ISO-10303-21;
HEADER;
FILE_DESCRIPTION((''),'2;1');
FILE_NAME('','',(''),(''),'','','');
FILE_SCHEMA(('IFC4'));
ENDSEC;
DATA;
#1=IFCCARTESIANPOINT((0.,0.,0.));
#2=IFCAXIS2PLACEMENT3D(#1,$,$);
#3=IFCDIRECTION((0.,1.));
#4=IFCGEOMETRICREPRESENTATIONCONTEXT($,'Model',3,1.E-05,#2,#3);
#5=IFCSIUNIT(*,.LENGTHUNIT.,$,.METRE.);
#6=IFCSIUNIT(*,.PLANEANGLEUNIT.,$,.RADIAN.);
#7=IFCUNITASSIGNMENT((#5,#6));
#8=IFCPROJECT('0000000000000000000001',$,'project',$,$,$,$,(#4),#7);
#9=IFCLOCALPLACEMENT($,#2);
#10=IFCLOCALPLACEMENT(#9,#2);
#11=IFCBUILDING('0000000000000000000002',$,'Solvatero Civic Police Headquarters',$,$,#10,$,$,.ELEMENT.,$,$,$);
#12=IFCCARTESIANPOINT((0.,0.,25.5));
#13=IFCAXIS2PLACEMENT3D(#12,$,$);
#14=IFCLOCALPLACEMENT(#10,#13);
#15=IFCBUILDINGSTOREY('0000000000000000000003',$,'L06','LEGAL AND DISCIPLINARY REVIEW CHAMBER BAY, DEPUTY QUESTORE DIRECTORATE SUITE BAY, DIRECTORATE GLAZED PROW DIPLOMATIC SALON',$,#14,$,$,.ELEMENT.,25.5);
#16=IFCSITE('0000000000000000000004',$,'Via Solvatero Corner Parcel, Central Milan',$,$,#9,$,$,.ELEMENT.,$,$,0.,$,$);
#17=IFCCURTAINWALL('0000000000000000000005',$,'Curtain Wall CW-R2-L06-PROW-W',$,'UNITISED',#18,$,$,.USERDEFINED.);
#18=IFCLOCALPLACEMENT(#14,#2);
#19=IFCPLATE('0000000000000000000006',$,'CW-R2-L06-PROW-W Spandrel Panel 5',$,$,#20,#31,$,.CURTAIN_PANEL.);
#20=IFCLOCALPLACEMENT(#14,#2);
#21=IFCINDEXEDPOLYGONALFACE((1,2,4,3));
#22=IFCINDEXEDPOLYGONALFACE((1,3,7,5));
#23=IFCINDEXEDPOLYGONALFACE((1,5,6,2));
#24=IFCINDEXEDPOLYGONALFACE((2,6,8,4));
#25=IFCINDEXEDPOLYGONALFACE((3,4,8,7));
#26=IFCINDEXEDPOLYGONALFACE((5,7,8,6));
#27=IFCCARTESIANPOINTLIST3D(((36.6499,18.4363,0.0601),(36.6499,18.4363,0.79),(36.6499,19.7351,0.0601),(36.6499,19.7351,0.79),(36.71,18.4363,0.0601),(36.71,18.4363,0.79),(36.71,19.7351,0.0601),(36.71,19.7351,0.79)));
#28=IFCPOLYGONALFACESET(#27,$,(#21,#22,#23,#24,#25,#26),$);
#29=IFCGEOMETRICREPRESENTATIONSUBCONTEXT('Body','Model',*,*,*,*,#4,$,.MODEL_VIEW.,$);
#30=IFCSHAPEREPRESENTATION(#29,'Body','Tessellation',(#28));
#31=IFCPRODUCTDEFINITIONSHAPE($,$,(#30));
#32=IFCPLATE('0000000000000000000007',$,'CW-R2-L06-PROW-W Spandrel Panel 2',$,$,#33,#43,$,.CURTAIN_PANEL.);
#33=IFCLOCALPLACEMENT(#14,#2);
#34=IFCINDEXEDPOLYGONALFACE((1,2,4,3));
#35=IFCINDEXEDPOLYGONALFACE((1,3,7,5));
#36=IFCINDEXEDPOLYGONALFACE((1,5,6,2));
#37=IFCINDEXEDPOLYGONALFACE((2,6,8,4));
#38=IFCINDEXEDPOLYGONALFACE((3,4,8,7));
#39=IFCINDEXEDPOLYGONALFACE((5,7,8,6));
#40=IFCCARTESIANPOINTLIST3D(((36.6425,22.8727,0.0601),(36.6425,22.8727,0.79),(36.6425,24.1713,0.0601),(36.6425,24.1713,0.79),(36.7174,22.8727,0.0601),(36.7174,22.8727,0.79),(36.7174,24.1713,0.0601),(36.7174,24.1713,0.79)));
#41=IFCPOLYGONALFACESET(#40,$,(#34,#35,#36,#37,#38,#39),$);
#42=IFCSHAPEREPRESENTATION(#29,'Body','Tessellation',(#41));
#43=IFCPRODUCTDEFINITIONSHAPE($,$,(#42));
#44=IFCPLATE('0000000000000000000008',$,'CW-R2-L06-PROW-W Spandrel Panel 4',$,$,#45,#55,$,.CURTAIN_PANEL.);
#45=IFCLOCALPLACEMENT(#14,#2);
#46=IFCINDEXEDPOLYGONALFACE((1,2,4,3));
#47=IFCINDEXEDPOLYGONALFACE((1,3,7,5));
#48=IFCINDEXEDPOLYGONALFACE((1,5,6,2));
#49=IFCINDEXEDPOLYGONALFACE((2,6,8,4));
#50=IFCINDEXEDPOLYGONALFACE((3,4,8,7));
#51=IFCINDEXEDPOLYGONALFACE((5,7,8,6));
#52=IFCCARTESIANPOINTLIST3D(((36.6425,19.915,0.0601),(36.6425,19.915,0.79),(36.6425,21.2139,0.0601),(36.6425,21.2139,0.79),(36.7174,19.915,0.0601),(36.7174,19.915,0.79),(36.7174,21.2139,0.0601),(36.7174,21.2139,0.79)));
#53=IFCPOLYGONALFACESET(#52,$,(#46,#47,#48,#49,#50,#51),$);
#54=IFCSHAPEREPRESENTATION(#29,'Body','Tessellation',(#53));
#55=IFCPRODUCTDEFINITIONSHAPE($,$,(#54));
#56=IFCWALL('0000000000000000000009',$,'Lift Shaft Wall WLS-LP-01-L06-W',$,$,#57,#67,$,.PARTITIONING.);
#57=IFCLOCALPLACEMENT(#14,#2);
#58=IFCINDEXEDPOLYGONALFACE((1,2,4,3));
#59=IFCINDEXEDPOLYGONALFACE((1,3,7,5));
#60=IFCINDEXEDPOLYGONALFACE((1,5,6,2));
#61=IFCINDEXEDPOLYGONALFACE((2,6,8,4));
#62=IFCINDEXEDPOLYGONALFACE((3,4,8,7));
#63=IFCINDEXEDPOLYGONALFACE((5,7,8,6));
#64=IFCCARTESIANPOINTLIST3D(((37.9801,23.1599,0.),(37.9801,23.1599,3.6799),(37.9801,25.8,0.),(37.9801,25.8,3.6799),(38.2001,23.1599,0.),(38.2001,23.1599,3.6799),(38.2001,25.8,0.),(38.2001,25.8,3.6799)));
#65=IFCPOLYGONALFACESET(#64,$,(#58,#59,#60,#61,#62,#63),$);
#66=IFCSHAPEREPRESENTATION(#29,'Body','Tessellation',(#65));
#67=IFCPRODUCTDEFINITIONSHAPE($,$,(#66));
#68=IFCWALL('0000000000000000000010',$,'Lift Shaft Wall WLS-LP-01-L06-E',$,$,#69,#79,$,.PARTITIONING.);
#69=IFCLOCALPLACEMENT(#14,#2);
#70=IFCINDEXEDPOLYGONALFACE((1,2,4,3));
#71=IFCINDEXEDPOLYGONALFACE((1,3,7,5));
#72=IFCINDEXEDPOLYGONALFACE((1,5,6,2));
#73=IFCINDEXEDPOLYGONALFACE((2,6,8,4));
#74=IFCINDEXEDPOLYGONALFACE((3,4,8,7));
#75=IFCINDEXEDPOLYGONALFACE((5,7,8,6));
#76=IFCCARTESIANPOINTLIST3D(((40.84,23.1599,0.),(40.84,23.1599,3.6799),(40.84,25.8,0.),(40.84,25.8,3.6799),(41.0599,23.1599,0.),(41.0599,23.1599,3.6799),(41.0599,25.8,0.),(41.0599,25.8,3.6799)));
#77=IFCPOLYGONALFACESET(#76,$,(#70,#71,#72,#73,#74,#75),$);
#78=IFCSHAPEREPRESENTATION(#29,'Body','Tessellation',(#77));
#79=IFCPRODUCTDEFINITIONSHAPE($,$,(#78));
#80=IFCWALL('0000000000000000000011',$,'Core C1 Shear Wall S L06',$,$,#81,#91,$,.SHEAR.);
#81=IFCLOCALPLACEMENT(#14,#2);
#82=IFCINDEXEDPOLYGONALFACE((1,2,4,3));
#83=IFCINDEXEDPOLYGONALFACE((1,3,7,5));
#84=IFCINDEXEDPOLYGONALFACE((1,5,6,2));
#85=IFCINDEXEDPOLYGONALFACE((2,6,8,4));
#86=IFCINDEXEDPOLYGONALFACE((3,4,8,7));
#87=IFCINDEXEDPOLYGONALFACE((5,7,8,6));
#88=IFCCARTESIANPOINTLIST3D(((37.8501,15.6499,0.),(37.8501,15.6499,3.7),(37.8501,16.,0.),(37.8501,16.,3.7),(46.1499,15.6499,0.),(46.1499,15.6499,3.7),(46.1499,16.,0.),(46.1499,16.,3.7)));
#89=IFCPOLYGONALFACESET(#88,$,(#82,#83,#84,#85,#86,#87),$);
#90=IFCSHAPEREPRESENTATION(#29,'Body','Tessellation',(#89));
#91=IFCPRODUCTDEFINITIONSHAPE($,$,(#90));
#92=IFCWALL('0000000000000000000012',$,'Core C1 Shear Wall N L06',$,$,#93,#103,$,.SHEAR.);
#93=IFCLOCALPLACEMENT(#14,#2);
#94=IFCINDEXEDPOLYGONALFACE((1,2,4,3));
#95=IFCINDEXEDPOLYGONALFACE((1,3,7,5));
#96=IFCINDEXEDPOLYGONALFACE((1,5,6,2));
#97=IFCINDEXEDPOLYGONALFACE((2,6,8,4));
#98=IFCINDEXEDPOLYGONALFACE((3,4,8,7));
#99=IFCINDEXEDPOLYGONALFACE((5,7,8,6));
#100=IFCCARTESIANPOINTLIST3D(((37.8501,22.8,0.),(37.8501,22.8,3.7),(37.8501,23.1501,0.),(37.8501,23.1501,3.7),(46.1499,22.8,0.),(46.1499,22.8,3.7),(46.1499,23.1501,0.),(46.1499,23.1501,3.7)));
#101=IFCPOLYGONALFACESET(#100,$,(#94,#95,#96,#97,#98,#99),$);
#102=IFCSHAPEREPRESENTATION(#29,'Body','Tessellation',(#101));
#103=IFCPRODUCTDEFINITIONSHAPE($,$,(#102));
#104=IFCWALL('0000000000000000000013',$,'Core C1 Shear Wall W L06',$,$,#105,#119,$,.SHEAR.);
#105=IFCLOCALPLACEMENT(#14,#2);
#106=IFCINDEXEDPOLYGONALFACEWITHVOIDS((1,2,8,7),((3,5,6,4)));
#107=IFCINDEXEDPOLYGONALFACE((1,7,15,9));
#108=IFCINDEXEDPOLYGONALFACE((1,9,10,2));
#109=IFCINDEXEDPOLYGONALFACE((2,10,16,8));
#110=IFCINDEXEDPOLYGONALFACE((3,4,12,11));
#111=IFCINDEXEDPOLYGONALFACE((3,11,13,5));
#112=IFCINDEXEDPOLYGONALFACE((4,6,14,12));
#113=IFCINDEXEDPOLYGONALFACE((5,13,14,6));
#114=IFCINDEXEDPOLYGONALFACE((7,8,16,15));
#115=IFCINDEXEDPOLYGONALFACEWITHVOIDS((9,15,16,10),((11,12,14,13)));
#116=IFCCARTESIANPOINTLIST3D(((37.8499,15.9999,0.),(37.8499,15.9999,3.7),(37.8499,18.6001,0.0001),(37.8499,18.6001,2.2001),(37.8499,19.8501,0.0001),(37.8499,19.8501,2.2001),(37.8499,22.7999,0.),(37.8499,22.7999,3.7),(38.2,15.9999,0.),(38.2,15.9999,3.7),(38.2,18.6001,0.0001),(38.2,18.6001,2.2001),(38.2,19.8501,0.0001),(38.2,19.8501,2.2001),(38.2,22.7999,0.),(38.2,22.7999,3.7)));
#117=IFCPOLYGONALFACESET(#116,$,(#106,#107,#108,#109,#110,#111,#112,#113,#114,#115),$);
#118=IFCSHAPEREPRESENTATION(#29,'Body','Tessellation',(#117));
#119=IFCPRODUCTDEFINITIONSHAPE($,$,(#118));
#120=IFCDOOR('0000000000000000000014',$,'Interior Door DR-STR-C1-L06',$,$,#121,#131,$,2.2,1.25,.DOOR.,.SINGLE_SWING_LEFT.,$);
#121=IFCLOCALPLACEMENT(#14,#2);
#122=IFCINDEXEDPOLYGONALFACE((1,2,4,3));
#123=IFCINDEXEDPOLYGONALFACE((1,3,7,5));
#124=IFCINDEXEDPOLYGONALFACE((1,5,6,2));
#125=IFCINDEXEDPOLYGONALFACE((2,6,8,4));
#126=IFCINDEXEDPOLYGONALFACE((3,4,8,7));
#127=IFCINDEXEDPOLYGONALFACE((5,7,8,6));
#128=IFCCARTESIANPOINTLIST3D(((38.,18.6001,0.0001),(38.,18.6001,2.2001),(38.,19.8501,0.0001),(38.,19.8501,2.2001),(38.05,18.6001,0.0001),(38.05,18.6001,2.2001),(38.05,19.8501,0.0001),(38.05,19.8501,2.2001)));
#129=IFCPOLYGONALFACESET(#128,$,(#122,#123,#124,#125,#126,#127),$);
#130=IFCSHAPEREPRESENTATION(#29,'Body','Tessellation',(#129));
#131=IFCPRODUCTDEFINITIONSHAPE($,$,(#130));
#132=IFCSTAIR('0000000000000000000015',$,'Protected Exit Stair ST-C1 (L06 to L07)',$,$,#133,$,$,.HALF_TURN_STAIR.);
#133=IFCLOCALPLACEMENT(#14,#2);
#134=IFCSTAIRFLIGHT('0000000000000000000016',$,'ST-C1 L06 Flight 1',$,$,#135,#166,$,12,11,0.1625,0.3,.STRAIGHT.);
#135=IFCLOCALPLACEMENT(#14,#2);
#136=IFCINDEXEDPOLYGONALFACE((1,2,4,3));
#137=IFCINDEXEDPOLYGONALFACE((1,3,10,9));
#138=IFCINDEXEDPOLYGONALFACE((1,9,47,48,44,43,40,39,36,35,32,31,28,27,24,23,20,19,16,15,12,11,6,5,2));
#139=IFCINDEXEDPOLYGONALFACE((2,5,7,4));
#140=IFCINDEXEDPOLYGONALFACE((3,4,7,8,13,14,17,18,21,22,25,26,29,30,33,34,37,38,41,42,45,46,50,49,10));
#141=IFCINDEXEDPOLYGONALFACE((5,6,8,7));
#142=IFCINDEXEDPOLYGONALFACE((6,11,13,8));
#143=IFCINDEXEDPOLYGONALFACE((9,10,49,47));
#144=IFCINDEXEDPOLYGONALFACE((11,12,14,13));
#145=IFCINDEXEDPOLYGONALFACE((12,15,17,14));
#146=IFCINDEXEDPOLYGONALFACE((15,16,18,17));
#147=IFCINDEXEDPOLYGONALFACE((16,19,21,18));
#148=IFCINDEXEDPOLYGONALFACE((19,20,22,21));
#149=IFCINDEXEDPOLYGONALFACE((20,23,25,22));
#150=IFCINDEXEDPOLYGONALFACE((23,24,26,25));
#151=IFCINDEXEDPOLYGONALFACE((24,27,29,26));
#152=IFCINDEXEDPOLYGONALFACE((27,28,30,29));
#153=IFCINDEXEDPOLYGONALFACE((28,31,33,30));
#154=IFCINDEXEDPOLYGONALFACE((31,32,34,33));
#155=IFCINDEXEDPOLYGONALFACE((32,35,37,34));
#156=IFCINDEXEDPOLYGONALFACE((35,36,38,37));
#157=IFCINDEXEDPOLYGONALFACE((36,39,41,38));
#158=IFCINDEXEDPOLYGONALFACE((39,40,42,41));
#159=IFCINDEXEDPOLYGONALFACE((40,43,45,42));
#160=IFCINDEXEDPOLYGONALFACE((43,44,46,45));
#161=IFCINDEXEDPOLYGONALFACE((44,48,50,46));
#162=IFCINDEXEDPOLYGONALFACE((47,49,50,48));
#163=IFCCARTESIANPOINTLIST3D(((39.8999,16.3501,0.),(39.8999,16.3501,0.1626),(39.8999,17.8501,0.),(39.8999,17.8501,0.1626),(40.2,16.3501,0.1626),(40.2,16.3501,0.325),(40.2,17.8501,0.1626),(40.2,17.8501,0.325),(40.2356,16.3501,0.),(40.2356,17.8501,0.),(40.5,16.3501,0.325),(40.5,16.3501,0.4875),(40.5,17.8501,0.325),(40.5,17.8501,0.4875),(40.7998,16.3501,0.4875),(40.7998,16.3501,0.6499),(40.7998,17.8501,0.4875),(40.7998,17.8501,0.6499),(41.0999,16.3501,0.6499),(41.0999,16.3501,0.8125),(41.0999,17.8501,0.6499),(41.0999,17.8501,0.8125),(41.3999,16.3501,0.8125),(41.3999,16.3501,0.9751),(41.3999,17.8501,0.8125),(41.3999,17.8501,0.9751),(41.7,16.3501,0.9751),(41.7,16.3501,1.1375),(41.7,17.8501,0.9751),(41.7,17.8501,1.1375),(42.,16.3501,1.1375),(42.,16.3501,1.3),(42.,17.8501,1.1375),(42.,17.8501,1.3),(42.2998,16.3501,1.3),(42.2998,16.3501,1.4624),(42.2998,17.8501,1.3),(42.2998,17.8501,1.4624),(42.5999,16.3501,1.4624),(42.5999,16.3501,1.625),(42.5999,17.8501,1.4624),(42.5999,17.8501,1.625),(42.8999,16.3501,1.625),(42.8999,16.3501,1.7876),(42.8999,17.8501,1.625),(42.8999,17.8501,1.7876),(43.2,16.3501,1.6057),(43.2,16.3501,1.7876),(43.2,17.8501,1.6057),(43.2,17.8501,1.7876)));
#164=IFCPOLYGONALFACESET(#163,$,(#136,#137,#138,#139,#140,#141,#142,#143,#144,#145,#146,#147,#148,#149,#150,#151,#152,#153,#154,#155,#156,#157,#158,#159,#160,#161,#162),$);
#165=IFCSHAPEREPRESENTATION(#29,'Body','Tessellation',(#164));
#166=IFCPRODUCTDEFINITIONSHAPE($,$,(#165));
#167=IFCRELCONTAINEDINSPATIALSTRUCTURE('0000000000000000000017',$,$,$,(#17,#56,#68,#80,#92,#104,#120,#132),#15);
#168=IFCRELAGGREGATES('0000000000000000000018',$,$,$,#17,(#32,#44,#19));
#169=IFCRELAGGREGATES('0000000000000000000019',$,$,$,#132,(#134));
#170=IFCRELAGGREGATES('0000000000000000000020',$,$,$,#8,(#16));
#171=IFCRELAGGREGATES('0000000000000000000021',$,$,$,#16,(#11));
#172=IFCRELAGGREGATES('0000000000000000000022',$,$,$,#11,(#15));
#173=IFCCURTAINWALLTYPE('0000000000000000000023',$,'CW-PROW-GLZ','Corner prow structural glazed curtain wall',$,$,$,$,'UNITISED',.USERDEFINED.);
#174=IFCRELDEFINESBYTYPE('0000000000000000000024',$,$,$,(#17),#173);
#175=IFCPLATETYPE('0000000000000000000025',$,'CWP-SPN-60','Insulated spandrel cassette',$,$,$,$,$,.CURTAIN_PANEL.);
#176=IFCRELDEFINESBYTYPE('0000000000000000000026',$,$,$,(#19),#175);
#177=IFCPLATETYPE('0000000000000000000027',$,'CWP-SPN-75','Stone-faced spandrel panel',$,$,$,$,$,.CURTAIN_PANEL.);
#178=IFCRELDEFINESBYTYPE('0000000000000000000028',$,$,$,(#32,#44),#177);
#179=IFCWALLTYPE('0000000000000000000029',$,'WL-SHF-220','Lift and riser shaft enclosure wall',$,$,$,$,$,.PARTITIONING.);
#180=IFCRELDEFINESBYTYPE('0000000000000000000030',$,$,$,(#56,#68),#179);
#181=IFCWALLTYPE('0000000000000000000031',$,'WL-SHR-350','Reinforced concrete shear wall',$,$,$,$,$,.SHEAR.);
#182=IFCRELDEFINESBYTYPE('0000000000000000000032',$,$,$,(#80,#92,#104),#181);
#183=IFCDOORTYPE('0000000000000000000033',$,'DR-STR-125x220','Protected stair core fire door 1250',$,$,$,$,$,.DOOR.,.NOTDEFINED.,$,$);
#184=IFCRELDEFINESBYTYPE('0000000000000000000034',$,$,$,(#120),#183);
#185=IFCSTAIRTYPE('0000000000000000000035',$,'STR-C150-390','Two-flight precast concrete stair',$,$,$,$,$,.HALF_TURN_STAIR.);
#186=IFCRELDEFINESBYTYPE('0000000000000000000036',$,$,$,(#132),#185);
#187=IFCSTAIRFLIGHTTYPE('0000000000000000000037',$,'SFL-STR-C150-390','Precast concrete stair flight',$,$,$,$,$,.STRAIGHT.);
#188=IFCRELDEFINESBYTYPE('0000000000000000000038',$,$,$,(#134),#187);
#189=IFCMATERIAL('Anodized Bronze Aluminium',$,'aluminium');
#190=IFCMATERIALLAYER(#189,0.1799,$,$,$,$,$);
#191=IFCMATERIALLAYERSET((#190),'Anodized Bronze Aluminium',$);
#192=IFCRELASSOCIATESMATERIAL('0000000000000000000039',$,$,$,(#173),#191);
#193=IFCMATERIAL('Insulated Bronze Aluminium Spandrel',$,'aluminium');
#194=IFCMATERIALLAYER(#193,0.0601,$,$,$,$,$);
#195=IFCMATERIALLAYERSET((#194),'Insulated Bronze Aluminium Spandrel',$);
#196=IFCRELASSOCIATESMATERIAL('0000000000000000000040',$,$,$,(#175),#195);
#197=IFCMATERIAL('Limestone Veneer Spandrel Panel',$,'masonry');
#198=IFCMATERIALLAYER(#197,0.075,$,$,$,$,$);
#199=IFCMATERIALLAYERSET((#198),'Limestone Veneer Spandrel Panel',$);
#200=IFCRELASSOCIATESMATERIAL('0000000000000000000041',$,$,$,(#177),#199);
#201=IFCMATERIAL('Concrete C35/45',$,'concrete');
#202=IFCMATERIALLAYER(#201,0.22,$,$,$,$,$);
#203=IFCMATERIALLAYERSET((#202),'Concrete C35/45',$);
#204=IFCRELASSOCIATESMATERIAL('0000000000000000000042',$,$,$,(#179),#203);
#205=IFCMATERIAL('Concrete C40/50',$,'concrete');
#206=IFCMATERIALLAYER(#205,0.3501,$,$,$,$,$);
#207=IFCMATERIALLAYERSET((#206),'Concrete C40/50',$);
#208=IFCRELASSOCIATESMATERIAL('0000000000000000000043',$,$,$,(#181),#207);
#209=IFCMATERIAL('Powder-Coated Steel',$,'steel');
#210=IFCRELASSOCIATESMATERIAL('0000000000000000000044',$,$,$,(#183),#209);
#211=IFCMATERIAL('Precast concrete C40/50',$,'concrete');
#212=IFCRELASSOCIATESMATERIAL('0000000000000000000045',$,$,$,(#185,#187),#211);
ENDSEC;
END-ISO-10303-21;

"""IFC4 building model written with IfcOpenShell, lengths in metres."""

from ifc_helpers import new_model, si_unit, direction, frame, frame_2d, origin, origin_2d, place, context, subcontext, project, spatial, polyline, rectangle, outline, extrude, material, layer, layer_set, type_object, element, fill, aggregate, save


model = new_model("IFC4")

# Units and contexts
model_context = context("Model", 3, precision=1e-05, world=origin(), true_north=direction((0.0, 1.0)))
body_context = subcontext(model_context, "Body", "Model", "MODEL_VIEW")
ifc_project = project(units=[si_unit("LENGTHUNIT", "METRE"), si_unit("PLANEANGLEUNIT", "RADIAN")], contexts=[model_context])

# Site, building, storey
site_placement = place(None, origin())
site = spatial("IfcSite", under=ifc_project, at=site_placement, Name="Via Solvatero Corner Parcel, Central Milan", CompositionType="ELEMENT", RefElevation=0.0)
building_placement = place(site_placement, origin())
building = spatial("IfcBuilding", under=site, at=building_placement, Name="Solvatero Civic Police Headquarters", CompositionType="ELEMENT")
storey_placement = place(building_placement, frame((0.0, 0.0, 25.5)))
storey = spatial("IfcBuildingStorey", under=building, at=storey_placement, Name="L06", Description="LEGAL AND DISCIPLINARY REVIEW CHAMBER BAY, DEPUTY QUESTORE DIRECTORATE SUITE BAY, DIRECTORATE GLAZED PROW DIPLOMATIC SALON", CompositionType="ELEMENT", Elevation=25.5)

# Curtain wall, plates
ifc_material_1 = material(Name="Anodized Bronze Aluminium", Category="aluminium")
ifc_layer_1 = layer(ifc_material_1, 0.1799)
ifc_layer_set_1 = layer_set([ifc_layer_1], Name="Anodized Bronze Aluminium")
curtain_wall_type = type_object("IfcCurtainWallType", Name="CW-PROW-GLZ", Description="Corner prow structural glazed curtain wall", ElementType="UNITISED", PredefinedType="USERDEFINED", material=ifc_layer_set_1)
curtain_wall_placement = place(storey_placement, origin())
curtain_wall = element("IfcCurtainWall", 1, at=curtain_wall_placement, inside=storey, type_object=curtain_wall_type, Name="Curtain Wall CW-R2-L06-PROW-W", ObjectType="UNITISED", PredefinedType="USERDEFINED")
ifc_material_2 = material(Name="Insulated Bronze Aluminium Spandrel", Category="aluminium")
ifc_layer_2 = layer(ifc_material_2, 0.0601)
ifc_layer_set_2 = layer_set([ifc_layer_2], Name="Insulated Bronze Aluminium Spandrel")
plate_type_1 = type_object("IfcPlateType", Name="CWP-SPN-60", Description="Insulated spandrel cassette", PredefinedType="CURTAIN_PANEL", material=ifc_layer_set_2)
plate_1_placement = place(storey_placement, frame((36.6799, 19.0857, 0.0601), z_axis=(0.0, 0.0, 1.0), x_axis=(0.0, -1.0, 0.0)))
plate_1 = element("IfcPlate", 2, at=plate_1_placement, type_object=plate_type_1, Name="CW-R2-L06-PROW-W Spandrel Panel 5", PredefinedType="CURTAIN_PANEL", context=body_context, shape_type="SweptSolid", body=[
    extrude(rectangle(XDim=1.2988, YDim=0.0601, at=origin_2d()), origin(), (0.0, 0.0, 1.0), 0.73),
])
ifc_material_3 = material(Name="Limestone Veneer Spandrel Panel", Category="masonry")
ifc_layer_3 = layer(ifc_material_3, 0.075)
ifc_layer_set_3 = layer_set([ifc_layer_3], Name="Limestone Veneer Spandrel Panel")
plate_type_2 = type_object("IfcPlateType", Name="CWP-SPN-75", Description="Stone-faced spandrel panel", PredefinedType="CURTAIN_PANEL", material=ifc_layer_set_3)
plate_2_placement = place(storey_placement, frame((36.6799, 23.522, 0.0601), z_axis=(0.0, 0.0, 1.0), x_axis=(0.0, -1.0, 0.0)))
plate_2 = element("IfcPlate", 3, at=plate_2_placement, type_object=plate_type_2, Name="CW-R2-L06-PROW-W Spandrel Panel 2", PredefinedType="CURTAIN_PANEL", context=body_context, shape_type="SweptSolid", body=[
    extrude(rectangle(XDim=1.2986, YDim=0.075, at=origin_2d()), origin(), (0.0, 0.0, 1.0), 0.73),
])
plate_3_placement = place(storey_placement, frame((36.6799, 20.5645, 0.0601), z_axis=(0.0, 0.0, 1.0), x_axis=(0.0, -1.0, 0.0)))
plate_3 = element("IfcPlate", 4, at=plate_3_placement, type_object=plate_type_2, Name="CW-R2-L06-PROW-W Spandrel Panel 4", PredefinedType="CURTAIN_PANEL", context=body_context, shape_type="SweptSolid", body=[
    extrude(rectangle(XDim=1.2988, YDim=0.075, at=origin_2d()), origin(), (0.0, 0.0, 1.0), 0.73),
])
aggregate(curtain_wall, [plate_2, plate_3, plate_1])

# Walls
ifc_material_4 = material(Name="Concrete C35/45", Category="concrete")
ifc_layer_4 = layer(ifc_material_4, 0.22)
ifc_layer_set_4 = layer_set([ifc_layer_4], Name="Concrete C35/45")
wall_type_1 = type_object("IfcWallType", Name="WL-SHF-220", Description="Lift and riser shaft enclosure wall", PredefinedType="PARTITIONING", material=ifc_layer_set_4)
for number, where, z_axis, x_axis, name in (
    (5, (38.0901, 23.1599, 0.0), (0.0, 0.0, 1.0), (0.0, 1.0, 0.0), "Lift Shaft Wall WLS-LP-01-L06-W"),
    (6, (40.95, 23.1599, 0.0), (0.0, 0.0, 1.0), (0.0, 1.0, 0.0), "Lift Shaft Wall WLS-LP-01-L06-E"),
):
    element("IfcWall", number, at=place(storey_placement, frame(where, z_axis=z_axis, x_axis=x_axis)), inside=storey, type_object=wall_type_1, Name=name, PredefinedType="PARTITIONING", context=body_context, shape_type="SweptSolid", body=[
        extrude(rectangle(XDim=2.6401, YDim=0.22, at=frame_2d((1.3201, 0.0))), origin(), (0.0, 0.0, 1.0), 3.6799),
    ])
ifc_material_5 = material(Name="Concrete C40/50", Category="concrete")
ifc_layer_5 = layer(ifc_material_5, 0.3501)
ifc_layer_set_5 = layer_set([ifc_layer_5], Name="Concrete C40/50")
wall_type_2 = type_object("IfcWallType", Name="WL-SHR-350", Description="Reinforced concrete shear wall", PredefinedType="SHEAR", material=ifc_layer_set_5)
for number, where, z_axis, x_axis, name in (
    (7, (37.8501, 15.825, 0.0), (0.0, 0.0, 1.0), (1.0, 0.0, 0.0), "Core C1 Shear Wall S L06"),
    (8, (37.8501, 22.9751, 0.0), (0.0, 0.0, 1.0), (1.0, 0.0, 0.0), "Core C1 Shear Wall N L06"),
):
    element("IfcWall", number, at=place(storey_placement, frame(where, z_axis=z_axis, x_axis=x_axis)), inside=storey, type_object=wall_type_2, Name=name, PredefinedType="SHEAR", context=body_context, shape_type="SweptSolid", body=[
        extrude(rectangle(XDim=8.2998, YDim=0.3501, at=frame_2d((4.1499, 0.0))), origin(), (0.0, 0.0, 1.0), 3.7),
    ])

# Wall, opening, door
wall_placement = place(storey_placement, frame((38.0249, 16.0, 0.0), z_axis=(0.0, 0.0, 1.0), x_axis=(0.0, 1.0, 0.0)))
wall = element("IfcWall", 9, at=wall_placement, inside=storey, type_object=wall_type_2, Name="Core C1 Shear Wall W L06", PredefinedType="SHEAR", context=body_context, shape_type="SweptSolid", body=[
    extrude(rectangle(XDim=6.8, YDim=0.3501, at=frame_2d((3.3999, 0.0))), origin(), (0.0, 0.0, 1.0), 3.7),
])
opening_placement = place(wall_placement, frame((2.6001, 0.0, 0.0)))
opening = element("IfcOpeningElement", 10, at=opening_placement, cuts=wall, PredefinedType="OPENING", context=body_context, shape_type="SweptSolid", body=[
    extrude(rectangle(XDim=1.25, YDim=2.2, at=frame_2d((0.625, 1.1001))), frame((0.0, 0.1851, 0.0), z_axis=(0.0, -1.0, 0.0), x_axis=(1.0, 0.0, 0.0)), (0.0, 0.0, 1.0), 0.3701),
])
ifc_material_6 = material(Name="Powder-Coated Steel", Category="steel")
door_type = type_object("IfcDoorType", Name="DR-STR-125x220", Description="Protected stair core fire door 1250", OperationType="NOTDEFINED", PredefinedType="DOOR", material=ifc_material_6)
door_placement = place(opening_placement, origin())
door = element("IfcDoor", 11, at=door_placement, inside=storey, type_object=door_type, Name="Interior Door DR-STR-C1-L06", OperationType="SINGLE_SWING_LEFT", OverallHeight=2.2, OverallWidth=1.25, PredefinedType="DOOR", context=body_context, shape_type="SweptSolid", body=[
    extrude(rectangle(XDim=1.25, YDim=2.2, at=frame_2d((0.625, 1.1001))), frame((0.0, 0.0249, 0.0), z_axis=(0.0, -1.0, 0.0), x_axis=(1.0, 0.0, 0.0)), (0.0, 0.0, 1.0), 0.05),
])
fill(opening, door)

# Stair, stair flight
ifc_material_7 = material(Name="Precast concrete C40/50", Category="concrete")
stair_type_1 = type_object("IfcStairType", Name="STR-C150-390", Description="Two-flight precast concrete stair", PredefinedType="HALF_TURN_STAIR", material=ifc_material_7)
stair_1_placement = place(storey_placement, origin())
stair_1 = element("IfcStair", 12, at=stair_1_placement, inside=storey, type_object=stair_type_1, Name="Protected Exit Stair ST-C1 (L06 to L07)", PredefinedType="HALF_TURN_STAIR")
stair_flight_type_1 = type_object("IfcStairFlightType", Name="SFL-STR-C150-390", Description="Precast concrete stair flight", PredefinedType="STRAIGHT", material=ifc_material_7)
stair_flight_1_placement = place(storey_placement, frame((39.8999, 17.1001, 0.0), z_axis=(0.0, 0.0, 1.0), x_axis=(1.0, 0.0, 0.0)))
stair_flight_1 = element("IfcStairFlight", 13, at=stair_flight_1_placement, type_object=stair_flight_type_1, Name="ST-C1 L06 Flight 1", NumberOfRisers=12, NumberOfTreads=11, PredefinedType="STRAIGHT", RiserHeight=0.1625, TreadLength=0.3, context=body_context, shape_type="SweptSolid", body=[
    extrude(outline(polyline([(0.0, 0.0), (0.0, 0.1626), (0.3, 0.1626), (0.3, 0.325), (0.6001, 0.325), (0.6001, 0.4875), (0.8999, 0.4875), (0.8999, 0.6499), (1.2, 0.6499), (1.2, 0.8125), (1.5, 0.8125), (1.5, 0.9751), (1.8, 0.9751), (1.8, 1.1375), (2.1001, 1.1375), (2.1001, 1.3), (2.3999, 1.3), (2.3999, 1.4624), (2.7, 1.4624), (2.7, 1.625), (3.0, 1.625), (3.0, 1.7876), (3.3, 1.7876), (3.3, 1.95), (3.3, 1.6057), (0.3357, 0.0), (0.0, 0.0)])), frame((0.0, 0.75, 0.0), z_axis=(0.0, -1.0, 0.0), x_axis=(1.0, 0.0, 0.0)), (0.0, 0.0, 1.0), 1.5),
])
aggregate(stair_1, [stair_flight_1])

save(model, "model.ifc")
